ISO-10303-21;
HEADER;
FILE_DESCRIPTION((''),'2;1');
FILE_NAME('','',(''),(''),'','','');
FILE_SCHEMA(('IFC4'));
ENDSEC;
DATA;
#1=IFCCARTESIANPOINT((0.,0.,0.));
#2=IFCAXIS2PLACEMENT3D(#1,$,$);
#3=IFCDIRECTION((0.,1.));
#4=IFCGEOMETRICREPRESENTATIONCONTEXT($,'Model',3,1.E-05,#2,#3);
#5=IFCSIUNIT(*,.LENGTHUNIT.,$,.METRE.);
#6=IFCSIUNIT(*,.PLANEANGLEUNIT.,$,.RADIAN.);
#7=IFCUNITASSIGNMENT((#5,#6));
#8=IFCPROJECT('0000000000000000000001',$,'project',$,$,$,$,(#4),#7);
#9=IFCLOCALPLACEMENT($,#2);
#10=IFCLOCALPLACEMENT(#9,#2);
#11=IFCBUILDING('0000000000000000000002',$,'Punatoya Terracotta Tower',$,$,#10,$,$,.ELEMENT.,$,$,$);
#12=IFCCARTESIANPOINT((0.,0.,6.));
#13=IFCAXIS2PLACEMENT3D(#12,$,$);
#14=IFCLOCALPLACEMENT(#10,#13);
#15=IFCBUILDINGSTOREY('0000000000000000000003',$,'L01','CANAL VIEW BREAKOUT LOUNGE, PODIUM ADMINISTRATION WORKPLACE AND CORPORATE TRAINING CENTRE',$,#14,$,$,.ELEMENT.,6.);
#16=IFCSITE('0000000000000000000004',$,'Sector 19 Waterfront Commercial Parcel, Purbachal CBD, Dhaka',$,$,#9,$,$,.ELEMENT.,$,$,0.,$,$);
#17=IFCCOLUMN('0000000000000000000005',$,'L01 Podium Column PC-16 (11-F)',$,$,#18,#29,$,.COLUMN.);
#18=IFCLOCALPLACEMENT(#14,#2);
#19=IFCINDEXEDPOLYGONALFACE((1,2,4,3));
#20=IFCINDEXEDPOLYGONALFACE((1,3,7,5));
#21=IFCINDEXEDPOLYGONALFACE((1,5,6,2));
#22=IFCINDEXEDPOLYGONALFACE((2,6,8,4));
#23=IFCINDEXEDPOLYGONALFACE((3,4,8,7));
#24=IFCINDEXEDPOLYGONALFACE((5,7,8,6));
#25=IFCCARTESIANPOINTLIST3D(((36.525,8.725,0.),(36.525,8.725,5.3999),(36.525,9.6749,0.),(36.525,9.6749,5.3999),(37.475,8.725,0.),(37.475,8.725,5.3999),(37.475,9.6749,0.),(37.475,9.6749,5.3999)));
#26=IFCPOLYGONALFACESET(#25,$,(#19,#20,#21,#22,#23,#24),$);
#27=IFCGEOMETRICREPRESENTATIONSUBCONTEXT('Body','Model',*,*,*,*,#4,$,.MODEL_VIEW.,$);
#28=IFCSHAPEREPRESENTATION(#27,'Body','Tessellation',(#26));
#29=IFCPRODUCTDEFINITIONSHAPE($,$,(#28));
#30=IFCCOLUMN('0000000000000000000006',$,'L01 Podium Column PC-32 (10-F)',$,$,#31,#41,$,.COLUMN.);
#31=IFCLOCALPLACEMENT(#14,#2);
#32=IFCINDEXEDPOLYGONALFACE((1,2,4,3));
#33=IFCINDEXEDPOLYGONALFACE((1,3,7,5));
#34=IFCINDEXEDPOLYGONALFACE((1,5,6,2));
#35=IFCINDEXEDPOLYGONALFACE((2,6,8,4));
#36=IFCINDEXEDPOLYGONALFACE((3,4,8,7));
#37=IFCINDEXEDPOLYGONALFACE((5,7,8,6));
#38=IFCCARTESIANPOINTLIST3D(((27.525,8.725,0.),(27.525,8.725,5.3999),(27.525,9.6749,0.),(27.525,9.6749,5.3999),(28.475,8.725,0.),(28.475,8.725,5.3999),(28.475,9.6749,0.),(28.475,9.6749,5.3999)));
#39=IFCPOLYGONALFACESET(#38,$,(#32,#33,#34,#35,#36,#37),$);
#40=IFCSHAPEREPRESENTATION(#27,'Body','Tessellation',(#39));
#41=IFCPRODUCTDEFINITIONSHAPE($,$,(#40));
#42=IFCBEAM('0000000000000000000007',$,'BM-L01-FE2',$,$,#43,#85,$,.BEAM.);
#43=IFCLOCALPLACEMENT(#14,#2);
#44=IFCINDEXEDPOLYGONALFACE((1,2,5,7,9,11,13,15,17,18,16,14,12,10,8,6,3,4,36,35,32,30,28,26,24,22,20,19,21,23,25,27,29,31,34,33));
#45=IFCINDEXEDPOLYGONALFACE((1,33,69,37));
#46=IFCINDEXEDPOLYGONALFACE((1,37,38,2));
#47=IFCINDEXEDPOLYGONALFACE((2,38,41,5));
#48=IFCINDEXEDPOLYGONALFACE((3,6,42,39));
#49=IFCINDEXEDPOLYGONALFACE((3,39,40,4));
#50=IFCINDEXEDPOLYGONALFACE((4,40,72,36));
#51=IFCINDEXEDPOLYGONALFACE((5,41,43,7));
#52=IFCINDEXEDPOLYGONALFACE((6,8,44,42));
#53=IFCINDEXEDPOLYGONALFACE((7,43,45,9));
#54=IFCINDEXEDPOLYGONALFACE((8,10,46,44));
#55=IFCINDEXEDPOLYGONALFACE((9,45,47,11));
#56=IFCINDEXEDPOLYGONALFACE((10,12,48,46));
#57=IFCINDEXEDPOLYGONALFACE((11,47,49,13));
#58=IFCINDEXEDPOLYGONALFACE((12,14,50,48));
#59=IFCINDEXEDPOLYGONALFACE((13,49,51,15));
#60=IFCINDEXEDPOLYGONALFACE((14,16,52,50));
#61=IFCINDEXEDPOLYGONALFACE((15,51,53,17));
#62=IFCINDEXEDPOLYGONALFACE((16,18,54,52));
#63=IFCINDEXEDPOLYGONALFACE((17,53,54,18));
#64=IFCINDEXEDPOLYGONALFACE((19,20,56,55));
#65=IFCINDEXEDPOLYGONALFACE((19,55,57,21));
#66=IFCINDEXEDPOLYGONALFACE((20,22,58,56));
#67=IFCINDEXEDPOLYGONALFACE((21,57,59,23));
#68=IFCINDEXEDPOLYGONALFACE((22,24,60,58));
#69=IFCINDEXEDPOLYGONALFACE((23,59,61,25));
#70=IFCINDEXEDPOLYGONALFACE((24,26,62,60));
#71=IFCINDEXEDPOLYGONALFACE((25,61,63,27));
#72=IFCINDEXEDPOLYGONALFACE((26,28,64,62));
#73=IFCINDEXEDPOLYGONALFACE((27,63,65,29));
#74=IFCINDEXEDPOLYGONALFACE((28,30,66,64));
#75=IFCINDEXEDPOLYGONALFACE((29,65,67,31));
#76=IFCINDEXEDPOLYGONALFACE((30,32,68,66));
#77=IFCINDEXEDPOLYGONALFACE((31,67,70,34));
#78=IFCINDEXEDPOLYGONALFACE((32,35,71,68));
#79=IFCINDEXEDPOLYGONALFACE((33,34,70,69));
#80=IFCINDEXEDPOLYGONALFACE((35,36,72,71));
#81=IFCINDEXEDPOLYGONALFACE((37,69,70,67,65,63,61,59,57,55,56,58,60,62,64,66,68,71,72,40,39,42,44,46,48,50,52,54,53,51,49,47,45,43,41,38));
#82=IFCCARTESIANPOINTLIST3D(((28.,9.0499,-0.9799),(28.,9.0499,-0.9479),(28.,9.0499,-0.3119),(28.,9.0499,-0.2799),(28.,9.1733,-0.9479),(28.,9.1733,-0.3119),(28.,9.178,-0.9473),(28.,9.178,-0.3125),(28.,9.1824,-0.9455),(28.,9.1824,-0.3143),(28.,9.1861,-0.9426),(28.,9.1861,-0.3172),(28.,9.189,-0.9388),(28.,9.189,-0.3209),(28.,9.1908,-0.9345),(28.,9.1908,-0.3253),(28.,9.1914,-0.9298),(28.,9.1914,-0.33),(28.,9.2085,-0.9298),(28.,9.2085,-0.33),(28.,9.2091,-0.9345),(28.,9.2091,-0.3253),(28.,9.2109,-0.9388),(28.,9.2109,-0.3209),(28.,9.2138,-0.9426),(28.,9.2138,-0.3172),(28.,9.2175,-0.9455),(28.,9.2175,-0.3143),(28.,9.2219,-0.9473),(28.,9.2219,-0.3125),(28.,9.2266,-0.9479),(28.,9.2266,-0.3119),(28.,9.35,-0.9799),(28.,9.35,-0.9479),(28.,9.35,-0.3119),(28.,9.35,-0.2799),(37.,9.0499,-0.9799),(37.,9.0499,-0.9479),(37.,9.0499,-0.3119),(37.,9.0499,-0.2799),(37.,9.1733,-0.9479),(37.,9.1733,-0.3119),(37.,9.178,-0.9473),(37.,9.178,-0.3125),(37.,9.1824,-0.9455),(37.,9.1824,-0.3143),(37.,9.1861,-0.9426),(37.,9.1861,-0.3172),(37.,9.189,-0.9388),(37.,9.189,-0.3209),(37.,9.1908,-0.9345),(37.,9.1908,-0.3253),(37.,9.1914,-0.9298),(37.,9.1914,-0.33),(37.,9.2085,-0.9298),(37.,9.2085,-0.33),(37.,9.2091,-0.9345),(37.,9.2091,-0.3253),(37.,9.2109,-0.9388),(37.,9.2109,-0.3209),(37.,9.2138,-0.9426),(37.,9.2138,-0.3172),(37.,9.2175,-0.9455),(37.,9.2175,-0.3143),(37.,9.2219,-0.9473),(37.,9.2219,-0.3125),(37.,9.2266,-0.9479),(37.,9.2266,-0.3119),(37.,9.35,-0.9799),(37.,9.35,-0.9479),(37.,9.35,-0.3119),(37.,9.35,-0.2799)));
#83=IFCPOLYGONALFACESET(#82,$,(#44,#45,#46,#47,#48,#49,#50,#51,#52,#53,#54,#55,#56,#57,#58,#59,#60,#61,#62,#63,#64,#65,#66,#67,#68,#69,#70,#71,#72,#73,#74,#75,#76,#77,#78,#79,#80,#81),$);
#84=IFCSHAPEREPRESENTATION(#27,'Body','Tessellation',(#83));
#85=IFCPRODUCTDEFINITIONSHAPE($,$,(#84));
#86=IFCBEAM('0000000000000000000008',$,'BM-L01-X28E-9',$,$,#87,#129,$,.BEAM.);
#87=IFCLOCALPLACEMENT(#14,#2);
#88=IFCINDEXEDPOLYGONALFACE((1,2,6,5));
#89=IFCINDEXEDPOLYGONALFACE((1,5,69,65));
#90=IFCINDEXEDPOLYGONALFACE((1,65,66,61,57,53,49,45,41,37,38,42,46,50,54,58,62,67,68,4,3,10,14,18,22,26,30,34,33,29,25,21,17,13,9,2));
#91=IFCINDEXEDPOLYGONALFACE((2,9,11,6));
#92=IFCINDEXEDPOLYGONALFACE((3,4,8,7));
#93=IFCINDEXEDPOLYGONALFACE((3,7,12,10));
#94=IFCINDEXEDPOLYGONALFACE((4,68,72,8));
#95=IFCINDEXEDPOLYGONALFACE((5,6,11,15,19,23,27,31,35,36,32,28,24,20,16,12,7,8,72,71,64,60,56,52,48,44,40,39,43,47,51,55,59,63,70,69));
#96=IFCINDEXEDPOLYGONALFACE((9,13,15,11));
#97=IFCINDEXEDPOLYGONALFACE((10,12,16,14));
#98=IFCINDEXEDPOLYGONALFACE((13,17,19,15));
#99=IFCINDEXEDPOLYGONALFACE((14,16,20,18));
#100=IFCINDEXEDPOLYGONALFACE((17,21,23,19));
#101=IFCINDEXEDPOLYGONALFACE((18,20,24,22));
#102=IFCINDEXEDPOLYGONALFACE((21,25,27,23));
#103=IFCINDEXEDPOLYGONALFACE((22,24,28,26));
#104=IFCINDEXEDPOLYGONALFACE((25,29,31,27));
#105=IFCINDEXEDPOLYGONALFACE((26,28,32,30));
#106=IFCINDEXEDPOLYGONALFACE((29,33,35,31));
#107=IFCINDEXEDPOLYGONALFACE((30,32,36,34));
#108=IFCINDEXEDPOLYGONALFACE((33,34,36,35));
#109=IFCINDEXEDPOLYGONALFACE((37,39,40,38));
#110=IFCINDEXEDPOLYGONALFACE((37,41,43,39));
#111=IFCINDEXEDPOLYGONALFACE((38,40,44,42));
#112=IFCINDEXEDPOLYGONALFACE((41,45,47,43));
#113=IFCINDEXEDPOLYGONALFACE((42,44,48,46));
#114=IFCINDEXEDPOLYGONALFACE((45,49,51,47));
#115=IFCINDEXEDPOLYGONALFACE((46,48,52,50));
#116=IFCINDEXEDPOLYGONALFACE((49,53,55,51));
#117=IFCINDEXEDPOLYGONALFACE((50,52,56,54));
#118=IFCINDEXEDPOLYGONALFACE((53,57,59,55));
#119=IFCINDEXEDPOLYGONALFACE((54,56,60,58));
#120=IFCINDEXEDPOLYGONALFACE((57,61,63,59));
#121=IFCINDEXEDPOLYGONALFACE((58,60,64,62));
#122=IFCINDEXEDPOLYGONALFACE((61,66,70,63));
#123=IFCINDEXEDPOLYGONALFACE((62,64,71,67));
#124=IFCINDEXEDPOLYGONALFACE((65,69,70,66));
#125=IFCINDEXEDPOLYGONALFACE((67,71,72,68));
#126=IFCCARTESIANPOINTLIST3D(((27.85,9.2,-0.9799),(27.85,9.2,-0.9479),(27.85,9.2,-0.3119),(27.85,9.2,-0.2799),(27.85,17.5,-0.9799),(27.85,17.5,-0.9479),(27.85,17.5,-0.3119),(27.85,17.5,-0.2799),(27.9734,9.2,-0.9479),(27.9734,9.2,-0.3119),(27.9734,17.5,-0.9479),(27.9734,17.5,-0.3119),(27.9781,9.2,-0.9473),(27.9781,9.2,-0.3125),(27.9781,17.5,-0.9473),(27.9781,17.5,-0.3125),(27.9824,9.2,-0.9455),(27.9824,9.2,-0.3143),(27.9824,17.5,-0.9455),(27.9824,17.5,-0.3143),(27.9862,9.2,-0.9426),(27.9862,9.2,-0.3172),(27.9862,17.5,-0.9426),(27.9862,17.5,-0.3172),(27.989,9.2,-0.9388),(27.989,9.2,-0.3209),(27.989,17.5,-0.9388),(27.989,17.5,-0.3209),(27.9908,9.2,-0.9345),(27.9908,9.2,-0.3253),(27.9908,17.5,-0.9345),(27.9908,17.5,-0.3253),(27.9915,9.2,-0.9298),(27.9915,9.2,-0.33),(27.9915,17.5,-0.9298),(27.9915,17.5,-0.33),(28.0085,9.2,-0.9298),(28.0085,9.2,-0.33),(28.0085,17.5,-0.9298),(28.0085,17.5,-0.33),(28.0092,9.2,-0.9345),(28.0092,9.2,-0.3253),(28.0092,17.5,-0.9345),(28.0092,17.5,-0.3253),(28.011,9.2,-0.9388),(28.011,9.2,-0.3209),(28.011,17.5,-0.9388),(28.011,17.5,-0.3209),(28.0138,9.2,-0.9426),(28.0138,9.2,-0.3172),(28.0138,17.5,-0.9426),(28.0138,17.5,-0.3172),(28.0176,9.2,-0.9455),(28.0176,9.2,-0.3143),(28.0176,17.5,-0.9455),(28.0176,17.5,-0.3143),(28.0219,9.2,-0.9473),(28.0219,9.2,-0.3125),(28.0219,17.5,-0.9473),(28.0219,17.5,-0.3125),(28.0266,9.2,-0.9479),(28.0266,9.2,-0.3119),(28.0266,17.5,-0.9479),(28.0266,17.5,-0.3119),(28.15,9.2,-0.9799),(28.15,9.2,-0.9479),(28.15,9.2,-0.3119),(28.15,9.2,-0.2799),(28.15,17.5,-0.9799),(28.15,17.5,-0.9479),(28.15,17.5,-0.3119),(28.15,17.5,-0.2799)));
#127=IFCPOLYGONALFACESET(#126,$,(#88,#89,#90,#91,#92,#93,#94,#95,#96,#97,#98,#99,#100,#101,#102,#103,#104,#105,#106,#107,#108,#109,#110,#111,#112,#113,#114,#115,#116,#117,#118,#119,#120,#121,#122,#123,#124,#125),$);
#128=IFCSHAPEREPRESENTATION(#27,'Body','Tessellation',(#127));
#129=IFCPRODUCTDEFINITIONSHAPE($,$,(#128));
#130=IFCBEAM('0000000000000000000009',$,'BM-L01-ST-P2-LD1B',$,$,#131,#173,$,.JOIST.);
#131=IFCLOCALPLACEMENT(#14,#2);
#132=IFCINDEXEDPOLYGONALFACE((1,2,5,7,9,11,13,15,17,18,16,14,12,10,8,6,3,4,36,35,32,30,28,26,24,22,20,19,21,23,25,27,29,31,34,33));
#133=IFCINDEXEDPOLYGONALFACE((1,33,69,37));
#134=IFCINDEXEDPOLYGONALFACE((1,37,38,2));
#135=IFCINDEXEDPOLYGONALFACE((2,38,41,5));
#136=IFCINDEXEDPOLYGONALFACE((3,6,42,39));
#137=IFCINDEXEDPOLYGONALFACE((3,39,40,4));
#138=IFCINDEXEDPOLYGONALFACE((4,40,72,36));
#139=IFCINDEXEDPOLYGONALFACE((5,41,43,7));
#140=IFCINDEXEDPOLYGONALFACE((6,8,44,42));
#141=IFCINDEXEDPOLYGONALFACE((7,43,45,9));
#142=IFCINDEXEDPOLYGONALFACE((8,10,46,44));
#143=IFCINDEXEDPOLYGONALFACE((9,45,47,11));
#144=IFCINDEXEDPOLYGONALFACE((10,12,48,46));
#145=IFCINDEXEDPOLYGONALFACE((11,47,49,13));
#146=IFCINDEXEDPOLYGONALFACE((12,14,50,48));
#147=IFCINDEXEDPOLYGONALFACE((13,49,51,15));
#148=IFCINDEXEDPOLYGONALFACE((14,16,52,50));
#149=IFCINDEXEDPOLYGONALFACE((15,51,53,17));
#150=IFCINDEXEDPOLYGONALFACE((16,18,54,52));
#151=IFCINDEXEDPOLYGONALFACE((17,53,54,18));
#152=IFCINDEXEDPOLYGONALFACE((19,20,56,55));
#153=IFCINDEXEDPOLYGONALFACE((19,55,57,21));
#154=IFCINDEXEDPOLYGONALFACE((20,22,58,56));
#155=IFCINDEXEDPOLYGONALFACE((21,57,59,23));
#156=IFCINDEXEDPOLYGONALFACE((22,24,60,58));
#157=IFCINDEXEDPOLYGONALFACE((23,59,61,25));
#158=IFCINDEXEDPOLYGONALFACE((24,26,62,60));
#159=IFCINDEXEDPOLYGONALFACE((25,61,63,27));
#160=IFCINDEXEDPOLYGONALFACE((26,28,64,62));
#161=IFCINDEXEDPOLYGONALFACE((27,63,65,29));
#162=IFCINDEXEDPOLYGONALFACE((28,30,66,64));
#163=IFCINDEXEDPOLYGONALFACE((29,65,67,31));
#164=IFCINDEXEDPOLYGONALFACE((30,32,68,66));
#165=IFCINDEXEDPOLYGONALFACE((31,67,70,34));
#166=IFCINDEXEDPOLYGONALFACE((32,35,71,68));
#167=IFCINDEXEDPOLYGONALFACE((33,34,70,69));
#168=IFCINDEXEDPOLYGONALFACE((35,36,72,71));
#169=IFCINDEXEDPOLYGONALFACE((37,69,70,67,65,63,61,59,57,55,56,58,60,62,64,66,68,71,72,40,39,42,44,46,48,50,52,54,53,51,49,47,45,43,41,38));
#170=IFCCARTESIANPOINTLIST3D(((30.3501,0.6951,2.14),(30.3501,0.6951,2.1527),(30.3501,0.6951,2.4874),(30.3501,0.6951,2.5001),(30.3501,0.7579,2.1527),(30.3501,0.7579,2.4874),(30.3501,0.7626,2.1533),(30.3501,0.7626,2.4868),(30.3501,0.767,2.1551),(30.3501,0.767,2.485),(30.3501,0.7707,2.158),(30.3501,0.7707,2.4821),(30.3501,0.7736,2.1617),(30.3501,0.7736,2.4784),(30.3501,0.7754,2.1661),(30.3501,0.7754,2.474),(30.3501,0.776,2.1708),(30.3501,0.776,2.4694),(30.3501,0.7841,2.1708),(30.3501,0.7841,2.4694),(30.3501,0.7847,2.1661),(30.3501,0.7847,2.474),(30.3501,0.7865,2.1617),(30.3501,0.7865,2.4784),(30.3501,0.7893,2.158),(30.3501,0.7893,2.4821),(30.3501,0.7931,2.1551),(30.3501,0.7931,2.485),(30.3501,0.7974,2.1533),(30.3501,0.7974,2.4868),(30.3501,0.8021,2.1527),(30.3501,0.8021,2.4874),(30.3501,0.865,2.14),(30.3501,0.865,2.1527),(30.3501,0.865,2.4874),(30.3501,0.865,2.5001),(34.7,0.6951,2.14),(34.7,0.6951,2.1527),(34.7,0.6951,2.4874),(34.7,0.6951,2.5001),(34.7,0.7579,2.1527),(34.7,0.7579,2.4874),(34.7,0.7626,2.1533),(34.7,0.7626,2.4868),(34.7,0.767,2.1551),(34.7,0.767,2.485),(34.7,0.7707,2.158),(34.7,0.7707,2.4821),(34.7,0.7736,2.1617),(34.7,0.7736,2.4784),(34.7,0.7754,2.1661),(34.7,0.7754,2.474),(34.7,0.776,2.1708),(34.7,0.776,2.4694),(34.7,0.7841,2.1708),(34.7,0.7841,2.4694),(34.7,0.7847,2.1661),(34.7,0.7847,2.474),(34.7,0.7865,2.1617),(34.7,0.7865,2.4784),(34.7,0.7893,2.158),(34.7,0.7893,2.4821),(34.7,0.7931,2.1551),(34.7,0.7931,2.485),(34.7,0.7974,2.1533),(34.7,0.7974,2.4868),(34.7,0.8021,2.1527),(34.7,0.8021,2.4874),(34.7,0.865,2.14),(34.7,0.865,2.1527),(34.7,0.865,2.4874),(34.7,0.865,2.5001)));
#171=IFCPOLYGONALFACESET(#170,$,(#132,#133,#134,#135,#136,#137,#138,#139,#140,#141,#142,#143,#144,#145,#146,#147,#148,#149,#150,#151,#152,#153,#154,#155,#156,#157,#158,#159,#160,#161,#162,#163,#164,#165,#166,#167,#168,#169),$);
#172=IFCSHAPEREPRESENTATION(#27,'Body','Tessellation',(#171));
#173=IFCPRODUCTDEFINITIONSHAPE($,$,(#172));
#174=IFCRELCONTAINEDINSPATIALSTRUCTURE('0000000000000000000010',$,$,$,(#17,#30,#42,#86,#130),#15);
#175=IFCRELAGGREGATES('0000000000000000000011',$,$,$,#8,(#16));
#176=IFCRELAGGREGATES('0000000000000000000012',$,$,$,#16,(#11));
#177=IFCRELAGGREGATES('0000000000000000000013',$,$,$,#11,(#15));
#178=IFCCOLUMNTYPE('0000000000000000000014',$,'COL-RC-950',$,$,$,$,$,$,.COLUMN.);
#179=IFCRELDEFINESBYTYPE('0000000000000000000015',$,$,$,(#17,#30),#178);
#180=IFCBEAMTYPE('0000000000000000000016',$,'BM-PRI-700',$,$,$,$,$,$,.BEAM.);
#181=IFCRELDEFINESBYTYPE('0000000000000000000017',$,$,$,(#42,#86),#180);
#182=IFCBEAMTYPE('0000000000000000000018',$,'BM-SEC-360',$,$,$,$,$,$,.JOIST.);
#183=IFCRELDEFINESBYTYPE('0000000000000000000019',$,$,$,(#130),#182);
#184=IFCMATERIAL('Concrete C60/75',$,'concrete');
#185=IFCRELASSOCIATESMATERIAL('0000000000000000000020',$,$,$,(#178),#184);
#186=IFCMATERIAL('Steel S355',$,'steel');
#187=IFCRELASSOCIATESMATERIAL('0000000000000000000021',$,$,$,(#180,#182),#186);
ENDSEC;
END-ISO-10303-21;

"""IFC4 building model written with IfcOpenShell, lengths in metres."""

from ifc_helpers import new_model, si_unit, direction, frame, origin, origin_2d, place, context, subcontext, project, spatial, rectangle, i_section, extrude, material, material_profile, profile_set, type_object, element, save


model = new_model("IFC4")

# Units and contexts
model_context = context("Model", 3, precision=1e-05, world=origin(), true_north=direction((0.0, 1.0)))
body_context = subcontext(model_context, "Body", "Model", "MODEL_VIEW")
ifc_project = project(units=[si_unit("LENGTHUNIT", "METRE"), si_unit("PLANEANGLEUNIT", "RADIAN")], contexts=[model_context])

# Site, building, storey
site_placement = place(None, origin())
site = spatial("IfcSite", under=ifc_project, at=site_placement, Name="Sector 19 Waterfront Commercial Parcel, Purbachal CBD, Dhaka", CompositionType="ELEMENT", RefElevation=0.0)
building_placement = place(site_placement, origin())
building = spatial("IfcBuilding", under=site, at=building_placement, Name="Punatoya Terracotta Tower", CompositionType="ELEMENT")
storey_placement = place(building_placement, frame((0.0, 0.0, 6.0)))
storey = spatial("IfcBuildingStorey", under=building, at=storey_placement, Name="L01", Description="CANAL VIEW BREAKOUT LOUNGE, PODIUM ADMINISTRATION WORKPLACE AND CORPORATE TRAINING CENTRE", CompositionType="ELEMENT", Elevation=6.0)

# Columns
ifc_material_1 = material(Name="Concrete C60/75", Category="concrete")
ifc_material_profile_1 = material_profile(ifc_material_1, rectangle(XDim=0.95, YDim=0.95, at=origin_2d()))
ifc_profile_set_1 = profile_set([ifc_material_profile_1], Name="Concrete C60/75")
column_type = type_object("IfcColumnType", Name="COL-RC-950", PredefinedType="COLUMN", material=ifc_profile_set_1)
for number, where, z_axis, x_axis, name in (
    (1, (37.0, 9.2, 0.0), (0.0, 0.0, 1.0), (1.0, 0.0, 0.0), "L01 Podium Column PC-16 (11-F)"),
    (2, (28.0, 9.2, 0.0), (0.0, 0.0, 1.0), (1.0, 0.0, 0.0), "L01 Podium Column PC-32 (10-F)"),
):
    element("IfcColumn", number, at=place(storey_placement, frame(where, z_axis=z_axis, x_axis=x_axis)), inside=storey, type_object=column_type, Name=name, PredefinedType="COLUMN", context=body_context, shape_type="SweptSolid", body=[
        extrude(rectangle(XDim=0.95, YDim=0.95, at=origin_2d()), origin(), (0.0, 0.0, 1.0), 5.3999),
    ])

# Beams
ifc_material_2 = material(Name="Steel S355", Category="steel")
ifc_material_profile_2 = material_profile(ifc_material_2, i_section(OverallWidth=0.3, OverallDepth=0.7, WebThickness=0.0171, FlangeThickness=0.032, FilletRadius=0.0181, at=origin_2d()))
ifc_profile_set_2 = profile_set([ifc_material_profile_2], Name="Steel S355")
beam_type_1 = type_object("IfcBeamType", Name="BM-PRI-700", PredefinedType="BEAM", material=ifc_profile_set_2)
beam_1_placement = place(storey_placement, frame((28.0, 9.2, -0.6299), z_axis=(1.0, 0.0, 0.0), x_axis=(0.0, 1.0, 0.0)))
element("IfcBeam", 3, at=beam_1_placement, inside=storey, type_object=beam_type_1, Name="BM-L01-FE2", PredefinedType="BEAM", context=body_context, shape_type="SweptSolid", body=[
    extrude(i_section(OverallWidth=0.3, OverallDepth=0.7, WebThickness=0.0171, FlangeThickness=0.032, FilletRadius=0.0181, at=origin_2d()), origin(), (0.0, 0.0, 1.0), 9.0),
])
beam_2_placement = place(storey_placement, frame((28.0, 9.2, -0.6299), z_axis=(0.0, 1.0, 0.0), x_axis=(-1.0, 0.0, 0.0)))
element("IfcBeam", 4, at=beam_2_placement, inside=storey, type_object=beam_type_1, Name="BM-L01-X28E-9", PredefinedType="BEAM", context=body_context, shape_type="SweptSolid", body=[
    extrude(i_section(OverallWidth=0.3, OverallDepth=0.7, WebThickness=0.0171, FlangeThickness=0.032, FilletRadius=0.0181, at=origin_2d()), origin(), (0.0, 0.0, 1.0), 8.3),
])
ifc_material_profile_3 = material_profile(ifc_material_2, i_section(OverallWidth=0.1699, OverallDepth=0.3601, WebThickness=0.0081, FlangeThickness=0.0127, FilletRadius=0.0181, at=origin_2d()))
ifc_profile_set_3 = profile_set([ifc_material_profile_3], Name="Steel S355")
beam_type_2 = type_object("IfcBeamType", Name="BM-SEC-360", PredefinedType="JOIST", material=ifc_profile_set_3)
beam_3_placement = place(storey_placement, frame((30.3501, 0.78, 2.3201), z_axis=(1.0, 0.0, 0.0), x_axis=(0.0, 1.0, 0.0)))
element("IfcBeam", 5, at=beam_3_placement, inside=storey, type_object=beam_type_2, Name="BM-L01-ST-P2-LD1B", PredefinedType="JOIST", context=body_context, shape_type="SweptSolid", body=[
    extrude(i_section(OverallWidth=0.1699, OverallDepth=0.3601, WebThickness=0.0081, FlangeThickness=0.0127, FilletRadius=0.0181, at=origin_2d()), origin(), (0.0, 0.0, 1.0), 4.3499),
])

save(model, "model.ifc")
